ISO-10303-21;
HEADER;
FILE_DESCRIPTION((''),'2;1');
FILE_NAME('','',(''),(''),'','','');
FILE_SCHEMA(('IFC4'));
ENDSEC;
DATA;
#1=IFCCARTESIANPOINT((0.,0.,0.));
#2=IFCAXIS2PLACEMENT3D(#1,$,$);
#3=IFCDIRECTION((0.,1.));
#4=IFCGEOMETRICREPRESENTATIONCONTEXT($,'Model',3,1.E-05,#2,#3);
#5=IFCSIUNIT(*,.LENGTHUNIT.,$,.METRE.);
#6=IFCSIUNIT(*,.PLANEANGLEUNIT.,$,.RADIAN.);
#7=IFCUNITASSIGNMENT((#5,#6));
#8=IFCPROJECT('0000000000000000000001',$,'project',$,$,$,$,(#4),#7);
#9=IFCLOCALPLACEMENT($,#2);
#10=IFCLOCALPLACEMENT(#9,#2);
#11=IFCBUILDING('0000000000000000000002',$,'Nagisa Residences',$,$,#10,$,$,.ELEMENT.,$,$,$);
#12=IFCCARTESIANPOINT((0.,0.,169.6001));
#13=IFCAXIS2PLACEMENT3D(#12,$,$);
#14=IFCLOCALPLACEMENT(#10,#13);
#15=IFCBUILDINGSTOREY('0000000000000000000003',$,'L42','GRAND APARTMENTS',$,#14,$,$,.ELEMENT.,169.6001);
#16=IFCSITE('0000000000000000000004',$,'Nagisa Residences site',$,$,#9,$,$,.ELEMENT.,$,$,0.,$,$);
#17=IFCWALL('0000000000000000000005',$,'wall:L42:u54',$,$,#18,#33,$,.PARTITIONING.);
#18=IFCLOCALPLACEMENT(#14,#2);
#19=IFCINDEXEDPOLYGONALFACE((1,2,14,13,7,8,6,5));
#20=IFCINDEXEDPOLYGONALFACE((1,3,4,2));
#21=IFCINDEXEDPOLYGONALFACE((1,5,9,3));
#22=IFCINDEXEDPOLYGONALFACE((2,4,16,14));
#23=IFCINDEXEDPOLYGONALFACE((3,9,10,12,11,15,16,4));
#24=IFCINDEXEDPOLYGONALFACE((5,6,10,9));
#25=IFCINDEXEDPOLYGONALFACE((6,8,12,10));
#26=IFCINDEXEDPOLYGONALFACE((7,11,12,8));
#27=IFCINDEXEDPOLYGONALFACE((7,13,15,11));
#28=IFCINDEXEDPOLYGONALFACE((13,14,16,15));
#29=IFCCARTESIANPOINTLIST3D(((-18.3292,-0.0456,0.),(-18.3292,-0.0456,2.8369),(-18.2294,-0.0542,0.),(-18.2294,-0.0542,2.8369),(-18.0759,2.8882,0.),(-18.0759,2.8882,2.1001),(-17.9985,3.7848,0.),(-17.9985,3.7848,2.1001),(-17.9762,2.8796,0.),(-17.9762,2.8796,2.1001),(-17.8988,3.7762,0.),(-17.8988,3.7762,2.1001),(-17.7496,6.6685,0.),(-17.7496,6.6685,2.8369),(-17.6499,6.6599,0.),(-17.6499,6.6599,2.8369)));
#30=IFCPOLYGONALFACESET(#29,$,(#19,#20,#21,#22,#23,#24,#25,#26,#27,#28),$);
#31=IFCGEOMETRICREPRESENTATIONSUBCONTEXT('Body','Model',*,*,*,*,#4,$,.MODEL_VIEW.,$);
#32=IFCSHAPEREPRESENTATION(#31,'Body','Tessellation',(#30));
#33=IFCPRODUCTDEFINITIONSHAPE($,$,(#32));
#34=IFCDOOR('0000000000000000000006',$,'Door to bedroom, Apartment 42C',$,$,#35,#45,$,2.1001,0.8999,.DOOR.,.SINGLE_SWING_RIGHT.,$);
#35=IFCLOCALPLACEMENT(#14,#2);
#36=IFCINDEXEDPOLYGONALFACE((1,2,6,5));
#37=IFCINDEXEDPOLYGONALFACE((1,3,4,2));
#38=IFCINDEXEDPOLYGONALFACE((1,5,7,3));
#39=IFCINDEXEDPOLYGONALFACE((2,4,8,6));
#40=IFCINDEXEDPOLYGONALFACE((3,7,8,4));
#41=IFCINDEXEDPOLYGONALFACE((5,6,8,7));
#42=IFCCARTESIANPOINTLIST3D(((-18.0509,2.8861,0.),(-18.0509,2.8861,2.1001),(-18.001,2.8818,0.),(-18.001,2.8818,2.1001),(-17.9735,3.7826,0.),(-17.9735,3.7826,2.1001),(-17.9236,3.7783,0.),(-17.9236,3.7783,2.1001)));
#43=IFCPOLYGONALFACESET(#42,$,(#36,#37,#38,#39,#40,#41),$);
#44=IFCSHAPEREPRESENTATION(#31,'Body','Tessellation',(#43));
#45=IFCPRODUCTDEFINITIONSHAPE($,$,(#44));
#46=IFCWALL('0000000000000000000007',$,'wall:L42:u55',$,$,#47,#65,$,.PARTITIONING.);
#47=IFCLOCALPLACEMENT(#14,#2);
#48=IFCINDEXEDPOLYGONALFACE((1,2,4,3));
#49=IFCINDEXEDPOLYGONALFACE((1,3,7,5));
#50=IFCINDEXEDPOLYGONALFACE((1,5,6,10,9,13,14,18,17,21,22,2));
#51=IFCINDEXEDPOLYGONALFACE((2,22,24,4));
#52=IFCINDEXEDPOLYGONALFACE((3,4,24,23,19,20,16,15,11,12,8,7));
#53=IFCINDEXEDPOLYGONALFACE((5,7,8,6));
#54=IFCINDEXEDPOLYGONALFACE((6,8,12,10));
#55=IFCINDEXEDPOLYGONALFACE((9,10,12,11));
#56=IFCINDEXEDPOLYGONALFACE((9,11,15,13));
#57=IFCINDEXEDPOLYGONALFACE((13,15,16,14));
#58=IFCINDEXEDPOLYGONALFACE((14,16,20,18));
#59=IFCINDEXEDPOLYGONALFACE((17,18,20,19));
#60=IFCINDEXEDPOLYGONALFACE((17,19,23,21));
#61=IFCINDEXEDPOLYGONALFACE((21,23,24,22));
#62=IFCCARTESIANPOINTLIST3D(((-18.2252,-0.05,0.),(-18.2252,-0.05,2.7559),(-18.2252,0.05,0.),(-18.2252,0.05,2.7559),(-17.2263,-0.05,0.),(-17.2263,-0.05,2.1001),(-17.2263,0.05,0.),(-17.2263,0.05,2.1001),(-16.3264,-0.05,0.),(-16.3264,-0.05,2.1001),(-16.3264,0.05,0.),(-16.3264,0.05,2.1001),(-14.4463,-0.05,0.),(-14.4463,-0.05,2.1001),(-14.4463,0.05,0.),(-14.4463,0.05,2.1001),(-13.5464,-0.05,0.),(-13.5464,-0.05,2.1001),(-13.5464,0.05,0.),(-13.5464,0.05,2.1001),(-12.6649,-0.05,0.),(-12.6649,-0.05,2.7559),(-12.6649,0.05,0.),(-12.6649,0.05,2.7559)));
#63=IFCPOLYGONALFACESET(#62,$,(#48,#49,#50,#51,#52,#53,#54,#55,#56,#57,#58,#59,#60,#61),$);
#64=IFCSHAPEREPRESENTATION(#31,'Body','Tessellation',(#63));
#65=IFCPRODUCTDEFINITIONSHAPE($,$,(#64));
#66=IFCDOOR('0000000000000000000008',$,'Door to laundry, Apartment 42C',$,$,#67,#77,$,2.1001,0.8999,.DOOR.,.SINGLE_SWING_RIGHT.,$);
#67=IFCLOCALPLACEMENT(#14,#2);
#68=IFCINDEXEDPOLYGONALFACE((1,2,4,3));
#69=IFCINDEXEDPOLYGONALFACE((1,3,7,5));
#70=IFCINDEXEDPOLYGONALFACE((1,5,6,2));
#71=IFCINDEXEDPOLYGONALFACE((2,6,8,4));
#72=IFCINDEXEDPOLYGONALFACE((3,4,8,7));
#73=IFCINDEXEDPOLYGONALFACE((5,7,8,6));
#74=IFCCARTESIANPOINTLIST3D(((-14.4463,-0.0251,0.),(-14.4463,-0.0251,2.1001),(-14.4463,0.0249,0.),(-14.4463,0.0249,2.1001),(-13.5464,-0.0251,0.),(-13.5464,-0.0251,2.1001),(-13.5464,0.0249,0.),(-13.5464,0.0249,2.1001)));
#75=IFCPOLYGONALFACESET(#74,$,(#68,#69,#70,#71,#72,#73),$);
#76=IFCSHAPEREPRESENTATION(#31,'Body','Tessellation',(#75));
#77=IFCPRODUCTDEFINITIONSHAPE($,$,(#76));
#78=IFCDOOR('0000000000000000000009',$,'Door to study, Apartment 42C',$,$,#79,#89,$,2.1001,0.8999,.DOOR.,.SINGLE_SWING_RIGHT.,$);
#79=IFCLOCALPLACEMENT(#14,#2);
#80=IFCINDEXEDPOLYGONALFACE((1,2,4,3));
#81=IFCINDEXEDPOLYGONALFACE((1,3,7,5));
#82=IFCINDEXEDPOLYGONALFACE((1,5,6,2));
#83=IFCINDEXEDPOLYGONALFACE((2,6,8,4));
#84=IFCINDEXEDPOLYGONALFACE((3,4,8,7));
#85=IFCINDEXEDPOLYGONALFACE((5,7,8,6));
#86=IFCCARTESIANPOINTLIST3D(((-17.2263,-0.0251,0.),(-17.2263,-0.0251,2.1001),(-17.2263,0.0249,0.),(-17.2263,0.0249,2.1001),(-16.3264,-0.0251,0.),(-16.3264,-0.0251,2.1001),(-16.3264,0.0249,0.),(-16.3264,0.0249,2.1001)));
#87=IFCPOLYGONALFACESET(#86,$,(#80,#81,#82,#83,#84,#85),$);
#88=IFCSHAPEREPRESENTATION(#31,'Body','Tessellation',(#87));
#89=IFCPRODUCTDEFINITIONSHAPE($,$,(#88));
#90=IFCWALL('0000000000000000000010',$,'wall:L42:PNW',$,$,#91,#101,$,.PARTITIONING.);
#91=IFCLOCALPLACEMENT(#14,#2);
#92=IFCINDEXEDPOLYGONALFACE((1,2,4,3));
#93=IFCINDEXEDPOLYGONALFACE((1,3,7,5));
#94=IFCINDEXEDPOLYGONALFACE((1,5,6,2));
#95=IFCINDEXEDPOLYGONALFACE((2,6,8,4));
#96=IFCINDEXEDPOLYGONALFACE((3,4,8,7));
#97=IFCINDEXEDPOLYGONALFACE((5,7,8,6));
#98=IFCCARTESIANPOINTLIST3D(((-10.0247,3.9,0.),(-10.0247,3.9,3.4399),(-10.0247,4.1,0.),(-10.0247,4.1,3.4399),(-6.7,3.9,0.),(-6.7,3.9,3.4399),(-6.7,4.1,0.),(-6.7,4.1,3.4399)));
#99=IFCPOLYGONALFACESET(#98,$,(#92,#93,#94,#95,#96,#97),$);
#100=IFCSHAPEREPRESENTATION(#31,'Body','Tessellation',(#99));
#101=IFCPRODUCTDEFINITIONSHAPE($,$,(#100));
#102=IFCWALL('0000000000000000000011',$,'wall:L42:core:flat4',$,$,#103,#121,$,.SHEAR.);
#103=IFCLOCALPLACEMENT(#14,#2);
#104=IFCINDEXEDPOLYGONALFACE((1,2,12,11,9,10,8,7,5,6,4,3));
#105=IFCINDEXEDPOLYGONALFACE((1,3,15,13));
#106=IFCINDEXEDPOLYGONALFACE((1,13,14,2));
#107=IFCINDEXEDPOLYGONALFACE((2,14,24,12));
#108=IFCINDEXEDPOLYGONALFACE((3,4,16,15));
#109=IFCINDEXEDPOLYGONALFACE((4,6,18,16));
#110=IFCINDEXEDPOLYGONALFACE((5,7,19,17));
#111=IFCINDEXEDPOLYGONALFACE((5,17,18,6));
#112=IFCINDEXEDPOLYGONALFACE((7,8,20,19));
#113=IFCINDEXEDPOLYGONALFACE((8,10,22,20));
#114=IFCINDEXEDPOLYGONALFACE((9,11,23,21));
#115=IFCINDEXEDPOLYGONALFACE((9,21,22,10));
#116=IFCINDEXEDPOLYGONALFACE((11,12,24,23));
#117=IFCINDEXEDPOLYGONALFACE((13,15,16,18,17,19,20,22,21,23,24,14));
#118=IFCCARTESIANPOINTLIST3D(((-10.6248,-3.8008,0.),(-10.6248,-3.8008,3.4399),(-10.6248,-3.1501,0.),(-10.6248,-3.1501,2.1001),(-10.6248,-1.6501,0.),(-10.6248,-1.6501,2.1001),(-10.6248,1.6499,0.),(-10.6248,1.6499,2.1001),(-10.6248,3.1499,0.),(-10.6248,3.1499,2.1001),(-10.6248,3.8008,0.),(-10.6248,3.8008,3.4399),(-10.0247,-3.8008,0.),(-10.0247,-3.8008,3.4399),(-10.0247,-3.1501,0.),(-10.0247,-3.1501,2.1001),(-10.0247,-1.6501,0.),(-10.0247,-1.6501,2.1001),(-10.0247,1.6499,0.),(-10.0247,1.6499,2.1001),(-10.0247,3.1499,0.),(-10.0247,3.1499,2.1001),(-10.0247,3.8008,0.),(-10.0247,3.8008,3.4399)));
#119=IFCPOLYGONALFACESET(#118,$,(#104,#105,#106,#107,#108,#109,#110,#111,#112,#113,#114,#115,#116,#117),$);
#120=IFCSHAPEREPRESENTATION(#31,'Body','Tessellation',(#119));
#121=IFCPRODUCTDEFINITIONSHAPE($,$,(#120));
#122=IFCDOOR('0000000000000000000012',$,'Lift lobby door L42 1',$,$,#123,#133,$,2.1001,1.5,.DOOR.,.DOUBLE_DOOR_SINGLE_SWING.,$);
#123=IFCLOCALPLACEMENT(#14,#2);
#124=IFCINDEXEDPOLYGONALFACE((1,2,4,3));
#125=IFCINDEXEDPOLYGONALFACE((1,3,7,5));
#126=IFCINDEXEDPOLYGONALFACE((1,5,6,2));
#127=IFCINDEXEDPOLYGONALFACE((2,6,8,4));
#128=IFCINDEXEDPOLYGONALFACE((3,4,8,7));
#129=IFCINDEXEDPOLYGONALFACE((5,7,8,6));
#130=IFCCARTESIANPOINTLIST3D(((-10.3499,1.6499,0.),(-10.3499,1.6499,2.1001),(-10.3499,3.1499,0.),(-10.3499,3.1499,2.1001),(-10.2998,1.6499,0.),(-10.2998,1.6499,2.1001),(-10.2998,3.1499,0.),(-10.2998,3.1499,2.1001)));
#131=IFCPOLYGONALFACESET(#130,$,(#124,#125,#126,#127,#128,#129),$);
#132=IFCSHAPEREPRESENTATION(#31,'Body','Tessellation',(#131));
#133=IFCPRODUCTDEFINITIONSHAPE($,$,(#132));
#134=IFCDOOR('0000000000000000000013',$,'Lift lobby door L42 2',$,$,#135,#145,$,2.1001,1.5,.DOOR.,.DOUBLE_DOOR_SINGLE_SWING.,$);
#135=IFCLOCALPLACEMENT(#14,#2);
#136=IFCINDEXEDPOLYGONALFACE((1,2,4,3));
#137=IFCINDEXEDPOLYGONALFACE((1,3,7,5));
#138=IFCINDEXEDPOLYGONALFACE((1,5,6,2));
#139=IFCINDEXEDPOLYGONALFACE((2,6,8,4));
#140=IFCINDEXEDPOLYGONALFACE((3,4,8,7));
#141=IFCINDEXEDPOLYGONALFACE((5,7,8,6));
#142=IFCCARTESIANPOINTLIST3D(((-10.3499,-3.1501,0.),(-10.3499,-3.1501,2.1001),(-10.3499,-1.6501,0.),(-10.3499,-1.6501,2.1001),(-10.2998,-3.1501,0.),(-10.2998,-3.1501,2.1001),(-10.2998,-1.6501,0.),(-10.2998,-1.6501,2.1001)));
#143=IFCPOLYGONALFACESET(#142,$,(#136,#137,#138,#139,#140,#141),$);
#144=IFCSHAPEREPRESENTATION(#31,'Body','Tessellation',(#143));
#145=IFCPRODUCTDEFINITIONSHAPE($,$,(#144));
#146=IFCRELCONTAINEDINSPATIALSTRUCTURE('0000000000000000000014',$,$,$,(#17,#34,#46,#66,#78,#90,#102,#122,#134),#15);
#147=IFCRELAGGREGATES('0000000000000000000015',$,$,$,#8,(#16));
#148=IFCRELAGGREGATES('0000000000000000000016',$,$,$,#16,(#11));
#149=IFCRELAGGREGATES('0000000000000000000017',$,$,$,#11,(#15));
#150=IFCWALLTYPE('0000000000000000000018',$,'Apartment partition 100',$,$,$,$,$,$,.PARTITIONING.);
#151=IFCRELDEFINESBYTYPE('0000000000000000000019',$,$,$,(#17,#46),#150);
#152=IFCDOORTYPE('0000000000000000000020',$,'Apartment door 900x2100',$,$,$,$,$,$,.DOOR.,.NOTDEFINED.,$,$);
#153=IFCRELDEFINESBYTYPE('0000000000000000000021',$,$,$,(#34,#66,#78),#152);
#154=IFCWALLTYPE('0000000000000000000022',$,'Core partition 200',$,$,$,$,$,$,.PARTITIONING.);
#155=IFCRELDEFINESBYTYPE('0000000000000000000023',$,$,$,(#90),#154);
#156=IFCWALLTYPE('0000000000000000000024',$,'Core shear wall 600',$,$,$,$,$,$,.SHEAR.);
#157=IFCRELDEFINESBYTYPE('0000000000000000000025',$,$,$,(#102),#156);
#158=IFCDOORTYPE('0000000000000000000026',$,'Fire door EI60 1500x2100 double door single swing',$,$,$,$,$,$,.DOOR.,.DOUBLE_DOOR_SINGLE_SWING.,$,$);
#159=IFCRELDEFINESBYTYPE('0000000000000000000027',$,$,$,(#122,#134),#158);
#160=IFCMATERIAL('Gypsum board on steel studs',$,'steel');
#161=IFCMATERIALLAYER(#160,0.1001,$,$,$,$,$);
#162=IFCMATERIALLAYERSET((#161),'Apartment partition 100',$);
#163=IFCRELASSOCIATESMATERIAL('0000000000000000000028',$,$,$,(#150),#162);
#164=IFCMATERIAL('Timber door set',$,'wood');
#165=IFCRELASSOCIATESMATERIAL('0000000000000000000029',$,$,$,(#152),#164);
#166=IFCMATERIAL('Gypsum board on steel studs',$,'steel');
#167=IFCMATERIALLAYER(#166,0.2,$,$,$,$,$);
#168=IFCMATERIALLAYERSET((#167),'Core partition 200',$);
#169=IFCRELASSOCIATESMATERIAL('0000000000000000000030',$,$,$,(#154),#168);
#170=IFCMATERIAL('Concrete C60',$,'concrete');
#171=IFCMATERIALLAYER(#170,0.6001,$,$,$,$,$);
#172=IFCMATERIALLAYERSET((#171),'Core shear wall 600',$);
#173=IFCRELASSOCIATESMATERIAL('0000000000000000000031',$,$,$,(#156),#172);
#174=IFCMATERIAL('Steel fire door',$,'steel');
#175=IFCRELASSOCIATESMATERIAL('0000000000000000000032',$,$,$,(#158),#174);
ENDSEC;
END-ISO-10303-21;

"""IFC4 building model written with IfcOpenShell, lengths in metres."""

from ifc_helpers import new_model, si_unit, direction, frame, frame_2d, origin, place, context, subcontext, project, spatial, rectangle, extrude, material, layer, layer_set, type_object, element, fill, save


model = new_model("IFC4")

# Units and contexts
model_context = context("Model", 3, precision=1e-05, world=origin(), true_north=direction((0.0, 1.0)))
body_context = subcontext(model_context, "Body", "Model", "MODEL_VIEW")
ifc_project = project(units=[si_unit("LENGTHUNIT", "METRE"), si_unit("PLANEANGLEUNIT", "RADIAN")], contexts=[model_context])

# Site, building, storey
site_placement = place(None, origin())
site = spatial("IfcSite", under=ifc_project, at=site_placement, Name="Nagisa Residences site", CompositionType="ELEMENT", RefElevation=0.0)
building_placement = place(site_placement, origin())
building = spatial("IfcBuilding", under=site, at=building_placement, Name="Nagisa Residences", CompositionType="ELEMENT")
storey_placement = place(building_placement, frame((0.0, 0.0, 169.6001)))
storey = spatial("IfcBuildingStorey", under=building, at=storey_placement, Name="L42", Description="GRAND APARTMENTS", CompositionType="ELEMENT", Elevation=169.6001)

# Shared definitions
ifc_material_1 = material(Name="Gypsum board on steel studs", Category="steel")
ifc_layer_1 = layer(ifc_material_1, 0.1001)
ifc_layer_set_1 = layer_set([ifc_layer_1], Name="Apartment partition 100")
wall_type_1 = type_object("IfcWallType", Name="Apartment partition 100", PredefinedType="PARTITIONING", material=ifc_layer_set_1)
ifc_material_2 = material(Name="Timber door set", Category="wood")
door_type_1 = type_object("IfcDoorType", Name="Apartment door 900x2100", OperationType="NOTDEFINED", PredefinedType="DOOR", material=ifc_material_2)

# Wall, opening, door
wall_1_placement = place(storey_placement, frame((-17.6997, 6.6643, 0.0), z_axis=(0.0, 0.0, 1.0), x_axis=(-0.086004, -0.996295, 0.0)))
wall_1 = element("IfcWall", 1, at=wall_1_placement, inside=storey, type_object=wall_type_1, Name="wall:L42:u54", PredefinedType="PARTITIONING", context=body_context, shape_type="SweptSolid", body=[
    extrude(rectangle(XDim=6.739, YDim=0.1001, at=frame_2d((3.3696, 0.0))), origin(), (0.0, 0.0, 1.0), 2.8369),
])
opening_1_placement = place(wall_1_placement, frame((2.8945, 0.0, 0.0)))
opening_1 = element("IfcOpeningElement", 2, at=opening_1_placement, cuts=wall_1, PredefinedType="OPENING", context=body_context, shape_type="SweptSolid", body=[
    extrude(rectangle(XDim=0.8999, YDim=2.1001, at=frame_2d((0.45, 1.05))), frame((0.0, 0.0601, 0.0), z_axis=(0.0, -1.0, 0.0), x_axis=(1.0, 0.0, 0.0)), (0.0, 0.0, 1.0), 0.1201),
])
door_1_placement = place(opening_1_placement, frame((0.8999, 0.0, 0.0), x_axis=(-1.0, 0.0, 0.0)))
door_1 = element("IfcDoor", 3, at=door_1_placement, inside=storey, type_object=door_type_1, Name="Door to bedroom, Apartment 42C", OperationType="SINGLE_SWING_RIGHT", OverallHeight=2.1001, OverallWidth=0.8999, PredefinedType="DOOR", context=body_context, shape_type="SweptSolid", body=[
    extrude(rectangle(XDim=0.8999, YDim=2.1001, at=frame_2d((0.45, 1.05))), frame((0.0, 0.0249, 0.0), z_axis=(0.0, -1.0, 0.0), x_axis=(1.0, 0.0, 0.0)), (0.0, 0.0, 1.0), 0.05),
])
fill(opening_1, door_1)

# Wall, openings, doors
wall_2_placement = place(storey_placement, frame((-12.6648, 0.0, 0.0), z_axis=(0.0, 0.0, 1.0), x_axis=(-1.0, 0.0, 0.0)))
wall_2 = element("IfcWall", 4, at=wall_2_placement, inside=storey, type_object=wall_type_1, Name="wall:L42:u55", PredefinedType="PARTITIONING", context=body_context, shape_type="SweptSolid", body=[
    extrude(rectangle(XDim=5.5603, YDim=0.1001, at=frame_2d((2.7803, 0.0))), origin(), (0.0, 0.0, 1.0), 2.7559),
])
opening_2_placement = place(wall_2_placement, frame((0.8816, 0.0, 0.0)))
opening_2 = element("IfcOpeningElement", 5, at=opening_2_placement, cuts=wall_2, PredefinedType="OPENING", context=body_context, shape_type="SweptSolid", body=[
    extrude(rectangle(XDim=0.8999, YDim=2.1001, at=frame_2d((0.45, 1.05))), frame((0.0, 0.0601, 0.0), z_axis=(0.0, -1.0, 0.0), x_axis=(1.0, 0.0, 0.0)), (0.0, 0.0, 1.0), 0.1201),
])
opening_3_placement = place(wall_2_placement, frame((3.6616, 0.0, 0.0)))
opening_3 = element("IfcOpeningElement", 6, at=opening_3_placement, cuts=wall_2, PredefinedType="OPENING", context=body_context, shape_type="SweptSolid", body=[
    extrude(rectangle(XDim=0.8999, YDim=2.1001, at=frame_2d((0.45, 1.05))), frame((0.0, 0.0601, 0.0), z_axis=(0.0, -1.0, 0.0), x_axis=(1.0, 0.0, 0.0)), (0.0, 0.0, 1.0), 0.1201),
])
door_2_placement = place(opening_2_placement, frame((0.8999, 0.0, 0.0), x_axis=(-1.0, 0.0, 0.0)))
door_2 = element("IfcDoor", 7, at=door_2_placement, inside=storey, type_object=door_type_1, Name="Door to laundry, Apartment 42C", OperationType="SINGLE_SWING_RIGHT", OverallHeight=2.1001, OverallWidth=0.8999, PredefinedType="DOOR", context=body_context, shape_type="SweptSolid", body=[
    extrude(rectangle(XDim=0.8999, YDim=2.1001, at=frame_2d((0.45, 1.05))), frame((0.0, 0.0249, 0.0), z_axis=(0.0, -1.0, 0.0), x_axis=(1.0, 0.0, 0.0)), (0.0, 0.0, 1.0), 0.05),
])
fill(opening_2, door_2)
door_3_placement = place(opening_3_placement, frame((0.8999, 0.0, 0.0), x_axis=(-1.0, 0.0, 0.0)))
door_3 = element("IfcDoor", 8, at=door_3_placement, inside=storey, type_object=door_type_1, Name="Door to study, Apartment 42C", OperationType="SINGLE_SWING_RIGHT", OverallHeight=2.1001, OverallWidth=0.8999, PredefinedType="DOOR", context=body_context, shape_type="SweptSolid", body=[
    extrude(rectangle(XDim=0.8999, YDim=2.1001, at=frame_2d((0.45, 1.05))), frame((0.0, 0.0249, 0.0), z_axis=(0.0, -1.0, 0.0), x_axis=(1.0, 0.0, 0.0)), (0.0, 0.0, 1.0), 0.05),
])
fill(opening_3, door_3)

# Wall
ifc_material_3 = material(Name="Gypsum board on steel studs", Category="steel")
ifc_layer_2 = layer(ifc_material_3, 0.2)
ifc_layer_set_2 = layer_set([ifc_layer_2], Name="Core partition 200")
wall_type_2 = type_object("IfcWallType", Name="Core partition 200", PredefinedType="PARTITIONING", material=ifc_layer_set_2)
wall_3_placement = place(storey_placement, frame((-10.0247, 4.0, 0.0), z_axis=(0.0, 0.0, 1.0), x_axis=(1.0, 0.0, 0.0)))
element("IfcWall", 9, at=wall_3_placement, inside=storey, type_object=wall_type_2, Name="wall:L42:PNW", PredefinedType="PARTITIONING", context=body_context, shape_type="SweptSolid", body=[
    extrude(rectangle(XDim=3.3247, YDim=0.2, at=frame_2d((1.6624, 0.0))), origin(), (0.0, 0.0, 1.0), 3.4399),
])

# Wall, openings, doors
ifc_material_4 = material(Name="Concrete C60", Category="concrete")
ifc_layer_3 = layer(ifc_material_4, 0.6001)
ifc_layer_set_3 = layer_set([ifc_layer_3], Name="Core shear wall 600")
wall_type_3 = type_object("IfcWallType", Name="Core shear wall 600", PredefinedType="SHEAR", material=ifc_layer_set_3)
wall_4_placement = place(storey_placement, frame((-10.3247, 3.8008, 0.0), z_axis=(0.0, 0.0, 1.0), x_axis=(0.0, -1.0, 0.0)))
wall_4 = element("IfcWall", 10, at=wall_4_placement, inside=storey, type_object=wall_type_3, Name="wall:L42:core:flat4", PredefinedType="SHEAR", context=body_context, shape_type="SweptSolid", body=[
    extrude(rectangle(XDim=7.6016, YDim=0.6001, at=frame_2d((3.8008, 0.0))), origin(), (0.0, 0.0, 1.0), 3.4399),
])
opening_4_placement = place(wall_4_placement, frame((0.6509, 0.0, 0.0)))
opening_4 = element("IfcOpeningElement", 11, at=opening_4_placement, cuts=wall_4, PredefinedType="OPENING", context=body_context, shape_type="SweptSolid", body=[
    extrude(rectangle(XDim=1.5, YDim=2.1001, at=frame_2d((0.75, 1.05))), frame((0.0, 0.3101, 0.0), z_axis=(0.0, -1.0, 0.0), x_axis=(1.0, 0.0, 0.0)), (0.0, 0.0, 1.0), 0.6201),
])
opening_5_placement = place(wall_4_placement, frame((5.4509, 0.0, 0.0)))
opening_5 = element("IfcOpeningElement", 12, at=opening_5_placement, cuts=wall_4, PredefinedType="OPENING", context=body_context, shape_type="SweptSolid", body=[
    extrude(rectangle(XDim=1.5, YDim=2.1001, at=frame_2d((0.75, 1.05))), frame((0.0, 0.3101, 0.0), z_axis=(0.0, -1.0, 0.0), x_axis=(1.0, 0.0, 0.0)), (0.0, 0.0, 1.0), 0.6201),
])
ifc_material_5 = material(Name="Steel fire door", Category="steel")
door_type_2 = type_object("IfcDoorType", Name="Fire door EI60 1500x2100 double door single swing", OperationType="DOUBLE_DOOR_SINGLE_SWING", PredefinedType="DOOR", material=ifc_material_5)
door_4_placement = place(opening_4_placement, origin())
door_4 = element("IfcDoor", 13, at=door_4_placement, inside=storey, type_object=door_type_2, Name="Lift lobby door L42 1", OperationType="DOUBLE_DOOR_SINGLE_SWING", OverallHeight=2.1001, OverallWidth=1.5, PredefinedType="DOOR", context=body_context, shape_type="SweptSolid", body=[
    extrude(rectangle(XDim=1.5, YDim=2.1001, at=frame_2d((0.75, 1.05))), frame((0.0, 0.0249, 0.0), z_axis=(0.0, -1.0, 0.0), x_axis=(1.0, 0.0, 0.0)), (0.0, 0.0, 1.0), 0.05),
])
fill(opening_4, door_4)
door_5_placement = place(opening_5_placement, origin())
door_5 = element("IfcDoor", 14, at=door_5_placement, inside=storey, type_object=door_type_2, Name="Lift lobby door L42 2", OperationType="DOUBLE_DOOR_SINGLE_SWING", OverallHeight=2.1001, OverallWidth=1.5, PredefinedType="DOOR", context=body_context, shape_type="SweptSolid", body=[
    extrude(rectangle(XDim=1.5, YDim=2.1001, at=frame_2d((0.75, 1.05))), frame((0.0, 0.0249, 0.0), z_axis=(0.0, -1.0, 0.0), x_axis=(1.0, 0.0, 0.0)), (0.0, 0.0, 1.0), 0.05),
])
fill(opening_5, door_5)

save(model, "model.ifc")
